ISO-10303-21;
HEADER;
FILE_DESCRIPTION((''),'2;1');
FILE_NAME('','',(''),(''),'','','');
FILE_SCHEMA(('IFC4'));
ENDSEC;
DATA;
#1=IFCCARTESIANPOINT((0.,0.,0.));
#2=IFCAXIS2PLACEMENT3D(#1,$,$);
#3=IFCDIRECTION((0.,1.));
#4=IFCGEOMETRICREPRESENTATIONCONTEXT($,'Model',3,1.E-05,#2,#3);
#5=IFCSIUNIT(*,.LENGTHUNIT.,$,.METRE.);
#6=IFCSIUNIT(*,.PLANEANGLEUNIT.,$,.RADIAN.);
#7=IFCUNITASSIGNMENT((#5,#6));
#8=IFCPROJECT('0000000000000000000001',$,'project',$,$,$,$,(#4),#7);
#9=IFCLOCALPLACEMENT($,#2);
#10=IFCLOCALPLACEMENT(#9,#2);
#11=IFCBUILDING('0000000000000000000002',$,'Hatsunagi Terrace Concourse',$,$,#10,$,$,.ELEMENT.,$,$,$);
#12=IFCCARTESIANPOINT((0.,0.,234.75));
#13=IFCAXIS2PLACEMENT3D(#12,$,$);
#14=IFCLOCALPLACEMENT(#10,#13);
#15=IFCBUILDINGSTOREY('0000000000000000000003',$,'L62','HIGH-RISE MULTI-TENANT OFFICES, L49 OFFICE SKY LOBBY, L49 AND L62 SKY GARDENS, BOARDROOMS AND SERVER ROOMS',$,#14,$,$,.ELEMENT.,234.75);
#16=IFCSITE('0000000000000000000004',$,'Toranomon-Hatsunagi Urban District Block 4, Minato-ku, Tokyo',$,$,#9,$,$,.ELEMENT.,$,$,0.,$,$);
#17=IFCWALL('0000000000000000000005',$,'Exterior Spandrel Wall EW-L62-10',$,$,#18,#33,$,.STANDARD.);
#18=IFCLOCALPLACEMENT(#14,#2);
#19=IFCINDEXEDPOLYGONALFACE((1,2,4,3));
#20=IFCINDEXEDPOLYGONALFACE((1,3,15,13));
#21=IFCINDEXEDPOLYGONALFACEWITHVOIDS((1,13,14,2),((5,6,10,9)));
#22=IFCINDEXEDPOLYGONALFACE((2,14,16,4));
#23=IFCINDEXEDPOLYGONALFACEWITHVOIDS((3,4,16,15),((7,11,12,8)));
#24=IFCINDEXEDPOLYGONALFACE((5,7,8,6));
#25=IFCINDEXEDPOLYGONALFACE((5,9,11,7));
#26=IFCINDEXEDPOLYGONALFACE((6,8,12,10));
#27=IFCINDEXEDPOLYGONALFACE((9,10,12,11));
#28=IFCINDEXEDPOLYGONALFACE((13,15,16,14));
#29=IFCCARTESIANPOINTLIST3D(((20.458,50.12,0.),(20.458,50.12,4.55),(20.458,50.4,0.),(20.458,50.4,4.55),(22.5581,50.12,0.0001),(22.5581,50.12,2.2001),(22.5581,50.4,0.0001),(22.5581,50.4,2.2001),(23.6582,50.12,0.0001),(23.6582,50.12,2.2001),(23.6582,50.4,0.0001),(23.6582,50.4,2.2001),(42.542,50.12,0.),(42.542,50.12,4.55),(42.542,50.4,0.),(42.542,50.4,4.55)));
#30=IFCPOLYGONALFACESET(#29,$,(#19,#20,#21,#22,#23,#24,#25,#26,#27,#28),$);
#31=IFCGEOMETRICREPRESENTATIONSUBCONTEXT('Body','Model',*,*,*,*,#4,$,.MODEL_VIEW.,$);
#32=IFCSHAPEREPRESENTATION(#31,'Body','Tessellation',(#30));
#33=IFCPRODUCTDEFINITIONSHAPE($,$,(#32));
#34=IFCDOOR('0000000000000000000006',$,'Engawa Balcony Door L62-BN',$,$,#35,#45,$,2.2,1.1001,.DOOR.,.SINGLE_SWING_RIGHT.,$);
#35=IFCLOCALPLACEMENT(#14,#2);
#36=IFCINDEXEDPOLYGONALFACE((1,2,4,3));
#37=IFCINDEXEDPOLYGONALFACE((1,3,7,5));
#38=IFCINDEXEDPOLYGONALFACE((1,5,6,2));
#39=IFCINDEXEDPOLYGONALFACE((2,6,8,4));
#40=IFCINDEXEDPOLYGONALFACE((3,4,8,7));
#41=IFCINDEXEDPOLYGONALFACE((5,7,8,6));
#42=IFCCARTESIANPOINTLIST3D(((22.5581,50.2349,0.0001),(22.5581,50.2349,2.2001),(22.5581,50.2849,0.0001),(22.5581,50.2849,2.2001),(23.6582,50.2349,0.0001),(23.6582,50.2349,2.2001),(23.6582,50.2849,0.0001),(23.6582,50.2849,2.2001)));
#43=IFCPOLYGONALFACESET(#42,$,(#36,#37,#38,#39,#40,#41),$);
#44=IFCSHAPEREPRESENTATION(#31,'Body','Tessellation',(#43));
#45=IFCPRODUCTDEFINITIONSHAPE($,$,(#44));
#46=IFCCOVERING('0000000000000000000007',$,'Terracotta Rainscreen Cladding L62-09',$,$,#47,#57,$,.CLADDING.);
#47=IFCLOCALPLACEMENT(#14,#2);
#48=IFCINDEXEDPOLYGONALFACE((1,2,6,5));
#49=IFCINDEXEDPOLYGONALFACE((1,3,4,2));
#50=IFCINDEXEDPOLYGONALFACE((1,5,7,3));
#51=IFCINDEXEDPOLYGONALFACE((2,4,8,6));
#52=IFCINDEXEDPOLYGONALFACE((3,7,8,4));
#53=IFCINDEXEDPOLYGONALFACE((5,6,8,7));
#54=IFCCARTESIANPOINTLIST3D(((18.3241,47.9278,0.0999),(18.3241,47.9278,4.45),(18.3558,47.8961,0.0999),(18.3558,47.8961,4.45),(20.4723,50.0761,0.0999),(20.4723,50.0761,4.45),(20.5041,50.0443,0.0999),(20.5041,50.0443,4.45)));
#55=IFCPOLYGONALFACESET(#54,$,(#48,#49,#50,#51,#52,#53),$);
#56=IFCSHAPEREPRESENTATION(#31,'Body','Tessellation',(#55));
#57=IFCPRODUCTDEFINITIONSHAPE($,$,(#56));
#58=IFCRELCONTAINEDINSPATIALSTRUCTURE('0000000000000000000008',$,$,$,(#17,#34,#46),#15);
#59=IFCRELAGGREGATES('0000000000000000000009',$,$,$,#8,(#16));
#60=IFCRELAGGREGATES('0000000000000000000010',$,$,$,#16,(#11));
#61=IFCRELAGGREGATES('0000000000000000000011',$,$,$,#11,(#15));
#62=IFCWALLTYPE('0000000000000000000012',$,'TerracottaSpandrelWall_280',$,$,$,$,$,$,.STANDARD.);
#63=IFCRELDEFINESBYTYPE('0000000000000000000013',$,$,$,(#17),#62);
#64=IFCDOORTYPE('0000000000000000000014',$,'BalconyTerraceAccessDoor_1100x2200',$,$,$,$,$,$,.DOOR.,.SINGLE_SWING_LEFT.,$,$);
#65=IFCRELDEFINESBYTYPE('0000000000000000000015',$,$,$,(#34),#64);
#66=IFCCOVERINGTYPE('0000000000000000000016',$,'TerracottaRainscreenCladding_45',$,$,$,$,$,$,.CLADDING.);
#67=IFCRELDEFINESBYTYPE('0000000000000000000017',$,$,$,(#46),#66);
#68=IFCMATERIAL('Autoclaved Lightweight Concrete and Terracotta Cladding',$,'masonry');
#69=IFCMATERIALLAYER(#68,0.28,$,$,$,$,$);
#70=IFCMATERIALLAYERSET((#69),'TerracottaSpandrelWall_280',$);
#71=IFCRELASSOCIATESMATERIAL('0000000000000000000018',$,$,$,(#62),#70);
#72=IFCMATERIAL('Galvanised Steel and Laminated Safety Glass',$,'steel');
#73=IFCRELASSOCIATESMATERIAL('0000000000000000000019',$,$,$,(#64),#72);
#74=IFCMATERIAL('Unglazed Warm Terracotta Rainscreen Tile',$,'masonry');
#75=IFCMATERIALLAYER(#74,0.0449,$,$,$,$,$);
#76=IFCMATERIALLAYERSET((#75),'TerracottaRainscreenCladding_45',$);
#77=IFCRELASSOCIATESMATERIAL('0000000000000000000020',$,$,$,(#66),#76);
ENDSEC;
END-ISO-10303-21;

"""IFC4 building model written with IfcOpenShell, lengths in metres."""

from ifc_helpers import new_model, si_unit, direction, frame, frame_2d, origin, origin_2d, place, context, subcontext, project, spatial, rectangle, extrude, material, layer, layer_set, type_object, element, fill, save


model = new_model("IFC4")

# Units and contexts
model_context = context("Model", 3, precision=1e-05, world=origin(), true_north=direction((0.0, 1.0)))
body_context = subcontext(model_context, "Body", "Model", "MODEL_VIEW")
ifc_project = project(units=[si_unit("LENGTHUNIT", "METRE"), si_unit("PLANEANGLEUNIT", "RADIAN")], contexts=[model_context])

# Site, building, storey
site_placement = place(None, origin())
site = spatial("IfcSite", under=ifc_project, at=site_placement, Name="Toranomon-Hatsunagi Urban District Block 4, Minato-ku, Tokyo", CompositionType="ELEMENT", RefElevation=0.0)
building_placement = place(site_placement, origin())
building = spatial("IfcBuilding", under=site, at=building_placement, Name="Hatsunagi Terrace Concourse", CompositionType="ELEMENT")
storey_placement = place(building_placement, frame((0.0, 0.0, 234.75)))
storey = spatial("IfcBuildingStorey", under=building, at=storey_placement, Name="L62", Description="HIGH-RISE MULTI-TENANT OFFICES, L49 OFFICE SKY LOBBY, L49 AND L62 SKY GARDENS, BOARDROOMS AND SERVER ROOMS", CompositionType="ELEMENT", Elevation=234.75)

# Shared definitions
ifc_material_1 = material(Name="Autoclaved Lightweight Concrete and Terracotta Cladding", Category="masonry")
ifc_layer_1 = layer(ifc_material_1, 0.28)
ifc_layer_set_1 = layer_set([ifc_layer_1], Name="TerracottaSpandrelWall_280")
wall_type_1 = type_object("IfcWallType", Name="TerracottaSpandrelWall_280", PredefinedType="STANDARD", material=ifc_layer_set_1)

# Wall, opening, door
wall_1_placement = place(storey_placement, frame((20.458, 50.26, 0.0), z_axis=(0.0, 0.0, 1.0), x_axis=(1.0, 0.0, 0.0)))
wall_1 = element("IfcWall", 1, at=wall_1_placement, inside=storey, type_object=wall_type_1, Name="Exterior Spandrel Wall EW-L62-10", PredefinedType="STANDARD", context=body_context, shape_type="SweptSolid", body=[
    extrude(rectangle(XDim=22.084, YDim=0.28, at=frame_2d((11.042, 0.0))), origin(), (0.0, 0.0, 1.0), 4.55),
])
opening_1_placement = place(wall_1_placement, frame((2.1001, 0.0, 0.0)))
opening_1 = element("IfcOpeningElement", 2, at=opening_1_placement, cuts=wall_1, PredefinedType="OPENING", context=body_context, shape_type="SweptSolid", body=[
    extrude(rectangle(XDim=1.1001, YDim=2.2, at=frame_2d((0.55, 1.1001))), frame((0.0, 0.1499, 0.0), z_axis=(0.0, -1.0, 0.0), x_axis=(1.0, 0.0, 0.0)), (0.0, 0.0, 1.0), 0.3),
])
ifc_material_2 = material(Name="Galvanised Steel and Laminated Safety Glass", Category="steel")
door_type_1 = type_object("IfcDoorType", Name="BalconyTerraceAccessDoor_1100x2200", OperationType="SINGLE_SWING_LEFT", PredefinedType="DOOR", material=ifc_material_2)
door_1_placement = place(opening_1_placement, origin())
door_1 = element("IfcDoor", 3, at=door_1_placement, inside=storey, type_object=door_type_1, Name="Engawa Balcony Door L62-BN", OperationType="SINGLE_SWING_RIGHT", OverallHeight=2.2, OverallWidth=1.1001, PredefinedType="DOOR", context=body_context, shape_type="SweptSolid", body=[
    extrude(rectangle(XDim=1.1001, YDim=2.2, at=frame_2d((0.55, 1.1001))), frame((0.0, 0.0249, 0.0), z_axis=(0.0, -1.0, 0.0), x_axis=(1.0, 0.0, 0.0)), (0.0, 0.0, 1.0), 0.05),
])
fill(opening_1, door_1)

# Covering
ifc_material_3 = material(Name="Unglazed Warm Terracotta Rainscreen Tile", Category="masonry")
ifc_layer_2 = layer(ifc_material_3, 0.0449)
ifc_layer_set_2 = layer_set([ifc_layer_2], Name="TerracottaRainscreenCladding_45")
covering_type = type_object("IfcCoveringType", Name="TerracottaRainscreenCladding_45", PredefinedType="CLADDING", material=ifc_layer_set_2)
covering_placement = place(storey_placement, frame((19.4141, 48.9861, 0.0999), z_axis=(0.0, 0.0, 1.0), x_axis=(0.707107, 0.707107, 0.0)))
element("IfcCovering", 4, at=covering_placement, inside=storey, type_object=covering_type, Name="Terracotta Rainscreen Cladding L62-09", PredefinedType="CLADDING", context=body_context, shape_type="SweptSolid", body=[
    extrude(rectangle(XDim=3.0381, YDim=0.0449, at=origin_2d()), origin(), (0.0, 0.0, 1.0), 4.3501),
])

save(model, "model.ifc")
